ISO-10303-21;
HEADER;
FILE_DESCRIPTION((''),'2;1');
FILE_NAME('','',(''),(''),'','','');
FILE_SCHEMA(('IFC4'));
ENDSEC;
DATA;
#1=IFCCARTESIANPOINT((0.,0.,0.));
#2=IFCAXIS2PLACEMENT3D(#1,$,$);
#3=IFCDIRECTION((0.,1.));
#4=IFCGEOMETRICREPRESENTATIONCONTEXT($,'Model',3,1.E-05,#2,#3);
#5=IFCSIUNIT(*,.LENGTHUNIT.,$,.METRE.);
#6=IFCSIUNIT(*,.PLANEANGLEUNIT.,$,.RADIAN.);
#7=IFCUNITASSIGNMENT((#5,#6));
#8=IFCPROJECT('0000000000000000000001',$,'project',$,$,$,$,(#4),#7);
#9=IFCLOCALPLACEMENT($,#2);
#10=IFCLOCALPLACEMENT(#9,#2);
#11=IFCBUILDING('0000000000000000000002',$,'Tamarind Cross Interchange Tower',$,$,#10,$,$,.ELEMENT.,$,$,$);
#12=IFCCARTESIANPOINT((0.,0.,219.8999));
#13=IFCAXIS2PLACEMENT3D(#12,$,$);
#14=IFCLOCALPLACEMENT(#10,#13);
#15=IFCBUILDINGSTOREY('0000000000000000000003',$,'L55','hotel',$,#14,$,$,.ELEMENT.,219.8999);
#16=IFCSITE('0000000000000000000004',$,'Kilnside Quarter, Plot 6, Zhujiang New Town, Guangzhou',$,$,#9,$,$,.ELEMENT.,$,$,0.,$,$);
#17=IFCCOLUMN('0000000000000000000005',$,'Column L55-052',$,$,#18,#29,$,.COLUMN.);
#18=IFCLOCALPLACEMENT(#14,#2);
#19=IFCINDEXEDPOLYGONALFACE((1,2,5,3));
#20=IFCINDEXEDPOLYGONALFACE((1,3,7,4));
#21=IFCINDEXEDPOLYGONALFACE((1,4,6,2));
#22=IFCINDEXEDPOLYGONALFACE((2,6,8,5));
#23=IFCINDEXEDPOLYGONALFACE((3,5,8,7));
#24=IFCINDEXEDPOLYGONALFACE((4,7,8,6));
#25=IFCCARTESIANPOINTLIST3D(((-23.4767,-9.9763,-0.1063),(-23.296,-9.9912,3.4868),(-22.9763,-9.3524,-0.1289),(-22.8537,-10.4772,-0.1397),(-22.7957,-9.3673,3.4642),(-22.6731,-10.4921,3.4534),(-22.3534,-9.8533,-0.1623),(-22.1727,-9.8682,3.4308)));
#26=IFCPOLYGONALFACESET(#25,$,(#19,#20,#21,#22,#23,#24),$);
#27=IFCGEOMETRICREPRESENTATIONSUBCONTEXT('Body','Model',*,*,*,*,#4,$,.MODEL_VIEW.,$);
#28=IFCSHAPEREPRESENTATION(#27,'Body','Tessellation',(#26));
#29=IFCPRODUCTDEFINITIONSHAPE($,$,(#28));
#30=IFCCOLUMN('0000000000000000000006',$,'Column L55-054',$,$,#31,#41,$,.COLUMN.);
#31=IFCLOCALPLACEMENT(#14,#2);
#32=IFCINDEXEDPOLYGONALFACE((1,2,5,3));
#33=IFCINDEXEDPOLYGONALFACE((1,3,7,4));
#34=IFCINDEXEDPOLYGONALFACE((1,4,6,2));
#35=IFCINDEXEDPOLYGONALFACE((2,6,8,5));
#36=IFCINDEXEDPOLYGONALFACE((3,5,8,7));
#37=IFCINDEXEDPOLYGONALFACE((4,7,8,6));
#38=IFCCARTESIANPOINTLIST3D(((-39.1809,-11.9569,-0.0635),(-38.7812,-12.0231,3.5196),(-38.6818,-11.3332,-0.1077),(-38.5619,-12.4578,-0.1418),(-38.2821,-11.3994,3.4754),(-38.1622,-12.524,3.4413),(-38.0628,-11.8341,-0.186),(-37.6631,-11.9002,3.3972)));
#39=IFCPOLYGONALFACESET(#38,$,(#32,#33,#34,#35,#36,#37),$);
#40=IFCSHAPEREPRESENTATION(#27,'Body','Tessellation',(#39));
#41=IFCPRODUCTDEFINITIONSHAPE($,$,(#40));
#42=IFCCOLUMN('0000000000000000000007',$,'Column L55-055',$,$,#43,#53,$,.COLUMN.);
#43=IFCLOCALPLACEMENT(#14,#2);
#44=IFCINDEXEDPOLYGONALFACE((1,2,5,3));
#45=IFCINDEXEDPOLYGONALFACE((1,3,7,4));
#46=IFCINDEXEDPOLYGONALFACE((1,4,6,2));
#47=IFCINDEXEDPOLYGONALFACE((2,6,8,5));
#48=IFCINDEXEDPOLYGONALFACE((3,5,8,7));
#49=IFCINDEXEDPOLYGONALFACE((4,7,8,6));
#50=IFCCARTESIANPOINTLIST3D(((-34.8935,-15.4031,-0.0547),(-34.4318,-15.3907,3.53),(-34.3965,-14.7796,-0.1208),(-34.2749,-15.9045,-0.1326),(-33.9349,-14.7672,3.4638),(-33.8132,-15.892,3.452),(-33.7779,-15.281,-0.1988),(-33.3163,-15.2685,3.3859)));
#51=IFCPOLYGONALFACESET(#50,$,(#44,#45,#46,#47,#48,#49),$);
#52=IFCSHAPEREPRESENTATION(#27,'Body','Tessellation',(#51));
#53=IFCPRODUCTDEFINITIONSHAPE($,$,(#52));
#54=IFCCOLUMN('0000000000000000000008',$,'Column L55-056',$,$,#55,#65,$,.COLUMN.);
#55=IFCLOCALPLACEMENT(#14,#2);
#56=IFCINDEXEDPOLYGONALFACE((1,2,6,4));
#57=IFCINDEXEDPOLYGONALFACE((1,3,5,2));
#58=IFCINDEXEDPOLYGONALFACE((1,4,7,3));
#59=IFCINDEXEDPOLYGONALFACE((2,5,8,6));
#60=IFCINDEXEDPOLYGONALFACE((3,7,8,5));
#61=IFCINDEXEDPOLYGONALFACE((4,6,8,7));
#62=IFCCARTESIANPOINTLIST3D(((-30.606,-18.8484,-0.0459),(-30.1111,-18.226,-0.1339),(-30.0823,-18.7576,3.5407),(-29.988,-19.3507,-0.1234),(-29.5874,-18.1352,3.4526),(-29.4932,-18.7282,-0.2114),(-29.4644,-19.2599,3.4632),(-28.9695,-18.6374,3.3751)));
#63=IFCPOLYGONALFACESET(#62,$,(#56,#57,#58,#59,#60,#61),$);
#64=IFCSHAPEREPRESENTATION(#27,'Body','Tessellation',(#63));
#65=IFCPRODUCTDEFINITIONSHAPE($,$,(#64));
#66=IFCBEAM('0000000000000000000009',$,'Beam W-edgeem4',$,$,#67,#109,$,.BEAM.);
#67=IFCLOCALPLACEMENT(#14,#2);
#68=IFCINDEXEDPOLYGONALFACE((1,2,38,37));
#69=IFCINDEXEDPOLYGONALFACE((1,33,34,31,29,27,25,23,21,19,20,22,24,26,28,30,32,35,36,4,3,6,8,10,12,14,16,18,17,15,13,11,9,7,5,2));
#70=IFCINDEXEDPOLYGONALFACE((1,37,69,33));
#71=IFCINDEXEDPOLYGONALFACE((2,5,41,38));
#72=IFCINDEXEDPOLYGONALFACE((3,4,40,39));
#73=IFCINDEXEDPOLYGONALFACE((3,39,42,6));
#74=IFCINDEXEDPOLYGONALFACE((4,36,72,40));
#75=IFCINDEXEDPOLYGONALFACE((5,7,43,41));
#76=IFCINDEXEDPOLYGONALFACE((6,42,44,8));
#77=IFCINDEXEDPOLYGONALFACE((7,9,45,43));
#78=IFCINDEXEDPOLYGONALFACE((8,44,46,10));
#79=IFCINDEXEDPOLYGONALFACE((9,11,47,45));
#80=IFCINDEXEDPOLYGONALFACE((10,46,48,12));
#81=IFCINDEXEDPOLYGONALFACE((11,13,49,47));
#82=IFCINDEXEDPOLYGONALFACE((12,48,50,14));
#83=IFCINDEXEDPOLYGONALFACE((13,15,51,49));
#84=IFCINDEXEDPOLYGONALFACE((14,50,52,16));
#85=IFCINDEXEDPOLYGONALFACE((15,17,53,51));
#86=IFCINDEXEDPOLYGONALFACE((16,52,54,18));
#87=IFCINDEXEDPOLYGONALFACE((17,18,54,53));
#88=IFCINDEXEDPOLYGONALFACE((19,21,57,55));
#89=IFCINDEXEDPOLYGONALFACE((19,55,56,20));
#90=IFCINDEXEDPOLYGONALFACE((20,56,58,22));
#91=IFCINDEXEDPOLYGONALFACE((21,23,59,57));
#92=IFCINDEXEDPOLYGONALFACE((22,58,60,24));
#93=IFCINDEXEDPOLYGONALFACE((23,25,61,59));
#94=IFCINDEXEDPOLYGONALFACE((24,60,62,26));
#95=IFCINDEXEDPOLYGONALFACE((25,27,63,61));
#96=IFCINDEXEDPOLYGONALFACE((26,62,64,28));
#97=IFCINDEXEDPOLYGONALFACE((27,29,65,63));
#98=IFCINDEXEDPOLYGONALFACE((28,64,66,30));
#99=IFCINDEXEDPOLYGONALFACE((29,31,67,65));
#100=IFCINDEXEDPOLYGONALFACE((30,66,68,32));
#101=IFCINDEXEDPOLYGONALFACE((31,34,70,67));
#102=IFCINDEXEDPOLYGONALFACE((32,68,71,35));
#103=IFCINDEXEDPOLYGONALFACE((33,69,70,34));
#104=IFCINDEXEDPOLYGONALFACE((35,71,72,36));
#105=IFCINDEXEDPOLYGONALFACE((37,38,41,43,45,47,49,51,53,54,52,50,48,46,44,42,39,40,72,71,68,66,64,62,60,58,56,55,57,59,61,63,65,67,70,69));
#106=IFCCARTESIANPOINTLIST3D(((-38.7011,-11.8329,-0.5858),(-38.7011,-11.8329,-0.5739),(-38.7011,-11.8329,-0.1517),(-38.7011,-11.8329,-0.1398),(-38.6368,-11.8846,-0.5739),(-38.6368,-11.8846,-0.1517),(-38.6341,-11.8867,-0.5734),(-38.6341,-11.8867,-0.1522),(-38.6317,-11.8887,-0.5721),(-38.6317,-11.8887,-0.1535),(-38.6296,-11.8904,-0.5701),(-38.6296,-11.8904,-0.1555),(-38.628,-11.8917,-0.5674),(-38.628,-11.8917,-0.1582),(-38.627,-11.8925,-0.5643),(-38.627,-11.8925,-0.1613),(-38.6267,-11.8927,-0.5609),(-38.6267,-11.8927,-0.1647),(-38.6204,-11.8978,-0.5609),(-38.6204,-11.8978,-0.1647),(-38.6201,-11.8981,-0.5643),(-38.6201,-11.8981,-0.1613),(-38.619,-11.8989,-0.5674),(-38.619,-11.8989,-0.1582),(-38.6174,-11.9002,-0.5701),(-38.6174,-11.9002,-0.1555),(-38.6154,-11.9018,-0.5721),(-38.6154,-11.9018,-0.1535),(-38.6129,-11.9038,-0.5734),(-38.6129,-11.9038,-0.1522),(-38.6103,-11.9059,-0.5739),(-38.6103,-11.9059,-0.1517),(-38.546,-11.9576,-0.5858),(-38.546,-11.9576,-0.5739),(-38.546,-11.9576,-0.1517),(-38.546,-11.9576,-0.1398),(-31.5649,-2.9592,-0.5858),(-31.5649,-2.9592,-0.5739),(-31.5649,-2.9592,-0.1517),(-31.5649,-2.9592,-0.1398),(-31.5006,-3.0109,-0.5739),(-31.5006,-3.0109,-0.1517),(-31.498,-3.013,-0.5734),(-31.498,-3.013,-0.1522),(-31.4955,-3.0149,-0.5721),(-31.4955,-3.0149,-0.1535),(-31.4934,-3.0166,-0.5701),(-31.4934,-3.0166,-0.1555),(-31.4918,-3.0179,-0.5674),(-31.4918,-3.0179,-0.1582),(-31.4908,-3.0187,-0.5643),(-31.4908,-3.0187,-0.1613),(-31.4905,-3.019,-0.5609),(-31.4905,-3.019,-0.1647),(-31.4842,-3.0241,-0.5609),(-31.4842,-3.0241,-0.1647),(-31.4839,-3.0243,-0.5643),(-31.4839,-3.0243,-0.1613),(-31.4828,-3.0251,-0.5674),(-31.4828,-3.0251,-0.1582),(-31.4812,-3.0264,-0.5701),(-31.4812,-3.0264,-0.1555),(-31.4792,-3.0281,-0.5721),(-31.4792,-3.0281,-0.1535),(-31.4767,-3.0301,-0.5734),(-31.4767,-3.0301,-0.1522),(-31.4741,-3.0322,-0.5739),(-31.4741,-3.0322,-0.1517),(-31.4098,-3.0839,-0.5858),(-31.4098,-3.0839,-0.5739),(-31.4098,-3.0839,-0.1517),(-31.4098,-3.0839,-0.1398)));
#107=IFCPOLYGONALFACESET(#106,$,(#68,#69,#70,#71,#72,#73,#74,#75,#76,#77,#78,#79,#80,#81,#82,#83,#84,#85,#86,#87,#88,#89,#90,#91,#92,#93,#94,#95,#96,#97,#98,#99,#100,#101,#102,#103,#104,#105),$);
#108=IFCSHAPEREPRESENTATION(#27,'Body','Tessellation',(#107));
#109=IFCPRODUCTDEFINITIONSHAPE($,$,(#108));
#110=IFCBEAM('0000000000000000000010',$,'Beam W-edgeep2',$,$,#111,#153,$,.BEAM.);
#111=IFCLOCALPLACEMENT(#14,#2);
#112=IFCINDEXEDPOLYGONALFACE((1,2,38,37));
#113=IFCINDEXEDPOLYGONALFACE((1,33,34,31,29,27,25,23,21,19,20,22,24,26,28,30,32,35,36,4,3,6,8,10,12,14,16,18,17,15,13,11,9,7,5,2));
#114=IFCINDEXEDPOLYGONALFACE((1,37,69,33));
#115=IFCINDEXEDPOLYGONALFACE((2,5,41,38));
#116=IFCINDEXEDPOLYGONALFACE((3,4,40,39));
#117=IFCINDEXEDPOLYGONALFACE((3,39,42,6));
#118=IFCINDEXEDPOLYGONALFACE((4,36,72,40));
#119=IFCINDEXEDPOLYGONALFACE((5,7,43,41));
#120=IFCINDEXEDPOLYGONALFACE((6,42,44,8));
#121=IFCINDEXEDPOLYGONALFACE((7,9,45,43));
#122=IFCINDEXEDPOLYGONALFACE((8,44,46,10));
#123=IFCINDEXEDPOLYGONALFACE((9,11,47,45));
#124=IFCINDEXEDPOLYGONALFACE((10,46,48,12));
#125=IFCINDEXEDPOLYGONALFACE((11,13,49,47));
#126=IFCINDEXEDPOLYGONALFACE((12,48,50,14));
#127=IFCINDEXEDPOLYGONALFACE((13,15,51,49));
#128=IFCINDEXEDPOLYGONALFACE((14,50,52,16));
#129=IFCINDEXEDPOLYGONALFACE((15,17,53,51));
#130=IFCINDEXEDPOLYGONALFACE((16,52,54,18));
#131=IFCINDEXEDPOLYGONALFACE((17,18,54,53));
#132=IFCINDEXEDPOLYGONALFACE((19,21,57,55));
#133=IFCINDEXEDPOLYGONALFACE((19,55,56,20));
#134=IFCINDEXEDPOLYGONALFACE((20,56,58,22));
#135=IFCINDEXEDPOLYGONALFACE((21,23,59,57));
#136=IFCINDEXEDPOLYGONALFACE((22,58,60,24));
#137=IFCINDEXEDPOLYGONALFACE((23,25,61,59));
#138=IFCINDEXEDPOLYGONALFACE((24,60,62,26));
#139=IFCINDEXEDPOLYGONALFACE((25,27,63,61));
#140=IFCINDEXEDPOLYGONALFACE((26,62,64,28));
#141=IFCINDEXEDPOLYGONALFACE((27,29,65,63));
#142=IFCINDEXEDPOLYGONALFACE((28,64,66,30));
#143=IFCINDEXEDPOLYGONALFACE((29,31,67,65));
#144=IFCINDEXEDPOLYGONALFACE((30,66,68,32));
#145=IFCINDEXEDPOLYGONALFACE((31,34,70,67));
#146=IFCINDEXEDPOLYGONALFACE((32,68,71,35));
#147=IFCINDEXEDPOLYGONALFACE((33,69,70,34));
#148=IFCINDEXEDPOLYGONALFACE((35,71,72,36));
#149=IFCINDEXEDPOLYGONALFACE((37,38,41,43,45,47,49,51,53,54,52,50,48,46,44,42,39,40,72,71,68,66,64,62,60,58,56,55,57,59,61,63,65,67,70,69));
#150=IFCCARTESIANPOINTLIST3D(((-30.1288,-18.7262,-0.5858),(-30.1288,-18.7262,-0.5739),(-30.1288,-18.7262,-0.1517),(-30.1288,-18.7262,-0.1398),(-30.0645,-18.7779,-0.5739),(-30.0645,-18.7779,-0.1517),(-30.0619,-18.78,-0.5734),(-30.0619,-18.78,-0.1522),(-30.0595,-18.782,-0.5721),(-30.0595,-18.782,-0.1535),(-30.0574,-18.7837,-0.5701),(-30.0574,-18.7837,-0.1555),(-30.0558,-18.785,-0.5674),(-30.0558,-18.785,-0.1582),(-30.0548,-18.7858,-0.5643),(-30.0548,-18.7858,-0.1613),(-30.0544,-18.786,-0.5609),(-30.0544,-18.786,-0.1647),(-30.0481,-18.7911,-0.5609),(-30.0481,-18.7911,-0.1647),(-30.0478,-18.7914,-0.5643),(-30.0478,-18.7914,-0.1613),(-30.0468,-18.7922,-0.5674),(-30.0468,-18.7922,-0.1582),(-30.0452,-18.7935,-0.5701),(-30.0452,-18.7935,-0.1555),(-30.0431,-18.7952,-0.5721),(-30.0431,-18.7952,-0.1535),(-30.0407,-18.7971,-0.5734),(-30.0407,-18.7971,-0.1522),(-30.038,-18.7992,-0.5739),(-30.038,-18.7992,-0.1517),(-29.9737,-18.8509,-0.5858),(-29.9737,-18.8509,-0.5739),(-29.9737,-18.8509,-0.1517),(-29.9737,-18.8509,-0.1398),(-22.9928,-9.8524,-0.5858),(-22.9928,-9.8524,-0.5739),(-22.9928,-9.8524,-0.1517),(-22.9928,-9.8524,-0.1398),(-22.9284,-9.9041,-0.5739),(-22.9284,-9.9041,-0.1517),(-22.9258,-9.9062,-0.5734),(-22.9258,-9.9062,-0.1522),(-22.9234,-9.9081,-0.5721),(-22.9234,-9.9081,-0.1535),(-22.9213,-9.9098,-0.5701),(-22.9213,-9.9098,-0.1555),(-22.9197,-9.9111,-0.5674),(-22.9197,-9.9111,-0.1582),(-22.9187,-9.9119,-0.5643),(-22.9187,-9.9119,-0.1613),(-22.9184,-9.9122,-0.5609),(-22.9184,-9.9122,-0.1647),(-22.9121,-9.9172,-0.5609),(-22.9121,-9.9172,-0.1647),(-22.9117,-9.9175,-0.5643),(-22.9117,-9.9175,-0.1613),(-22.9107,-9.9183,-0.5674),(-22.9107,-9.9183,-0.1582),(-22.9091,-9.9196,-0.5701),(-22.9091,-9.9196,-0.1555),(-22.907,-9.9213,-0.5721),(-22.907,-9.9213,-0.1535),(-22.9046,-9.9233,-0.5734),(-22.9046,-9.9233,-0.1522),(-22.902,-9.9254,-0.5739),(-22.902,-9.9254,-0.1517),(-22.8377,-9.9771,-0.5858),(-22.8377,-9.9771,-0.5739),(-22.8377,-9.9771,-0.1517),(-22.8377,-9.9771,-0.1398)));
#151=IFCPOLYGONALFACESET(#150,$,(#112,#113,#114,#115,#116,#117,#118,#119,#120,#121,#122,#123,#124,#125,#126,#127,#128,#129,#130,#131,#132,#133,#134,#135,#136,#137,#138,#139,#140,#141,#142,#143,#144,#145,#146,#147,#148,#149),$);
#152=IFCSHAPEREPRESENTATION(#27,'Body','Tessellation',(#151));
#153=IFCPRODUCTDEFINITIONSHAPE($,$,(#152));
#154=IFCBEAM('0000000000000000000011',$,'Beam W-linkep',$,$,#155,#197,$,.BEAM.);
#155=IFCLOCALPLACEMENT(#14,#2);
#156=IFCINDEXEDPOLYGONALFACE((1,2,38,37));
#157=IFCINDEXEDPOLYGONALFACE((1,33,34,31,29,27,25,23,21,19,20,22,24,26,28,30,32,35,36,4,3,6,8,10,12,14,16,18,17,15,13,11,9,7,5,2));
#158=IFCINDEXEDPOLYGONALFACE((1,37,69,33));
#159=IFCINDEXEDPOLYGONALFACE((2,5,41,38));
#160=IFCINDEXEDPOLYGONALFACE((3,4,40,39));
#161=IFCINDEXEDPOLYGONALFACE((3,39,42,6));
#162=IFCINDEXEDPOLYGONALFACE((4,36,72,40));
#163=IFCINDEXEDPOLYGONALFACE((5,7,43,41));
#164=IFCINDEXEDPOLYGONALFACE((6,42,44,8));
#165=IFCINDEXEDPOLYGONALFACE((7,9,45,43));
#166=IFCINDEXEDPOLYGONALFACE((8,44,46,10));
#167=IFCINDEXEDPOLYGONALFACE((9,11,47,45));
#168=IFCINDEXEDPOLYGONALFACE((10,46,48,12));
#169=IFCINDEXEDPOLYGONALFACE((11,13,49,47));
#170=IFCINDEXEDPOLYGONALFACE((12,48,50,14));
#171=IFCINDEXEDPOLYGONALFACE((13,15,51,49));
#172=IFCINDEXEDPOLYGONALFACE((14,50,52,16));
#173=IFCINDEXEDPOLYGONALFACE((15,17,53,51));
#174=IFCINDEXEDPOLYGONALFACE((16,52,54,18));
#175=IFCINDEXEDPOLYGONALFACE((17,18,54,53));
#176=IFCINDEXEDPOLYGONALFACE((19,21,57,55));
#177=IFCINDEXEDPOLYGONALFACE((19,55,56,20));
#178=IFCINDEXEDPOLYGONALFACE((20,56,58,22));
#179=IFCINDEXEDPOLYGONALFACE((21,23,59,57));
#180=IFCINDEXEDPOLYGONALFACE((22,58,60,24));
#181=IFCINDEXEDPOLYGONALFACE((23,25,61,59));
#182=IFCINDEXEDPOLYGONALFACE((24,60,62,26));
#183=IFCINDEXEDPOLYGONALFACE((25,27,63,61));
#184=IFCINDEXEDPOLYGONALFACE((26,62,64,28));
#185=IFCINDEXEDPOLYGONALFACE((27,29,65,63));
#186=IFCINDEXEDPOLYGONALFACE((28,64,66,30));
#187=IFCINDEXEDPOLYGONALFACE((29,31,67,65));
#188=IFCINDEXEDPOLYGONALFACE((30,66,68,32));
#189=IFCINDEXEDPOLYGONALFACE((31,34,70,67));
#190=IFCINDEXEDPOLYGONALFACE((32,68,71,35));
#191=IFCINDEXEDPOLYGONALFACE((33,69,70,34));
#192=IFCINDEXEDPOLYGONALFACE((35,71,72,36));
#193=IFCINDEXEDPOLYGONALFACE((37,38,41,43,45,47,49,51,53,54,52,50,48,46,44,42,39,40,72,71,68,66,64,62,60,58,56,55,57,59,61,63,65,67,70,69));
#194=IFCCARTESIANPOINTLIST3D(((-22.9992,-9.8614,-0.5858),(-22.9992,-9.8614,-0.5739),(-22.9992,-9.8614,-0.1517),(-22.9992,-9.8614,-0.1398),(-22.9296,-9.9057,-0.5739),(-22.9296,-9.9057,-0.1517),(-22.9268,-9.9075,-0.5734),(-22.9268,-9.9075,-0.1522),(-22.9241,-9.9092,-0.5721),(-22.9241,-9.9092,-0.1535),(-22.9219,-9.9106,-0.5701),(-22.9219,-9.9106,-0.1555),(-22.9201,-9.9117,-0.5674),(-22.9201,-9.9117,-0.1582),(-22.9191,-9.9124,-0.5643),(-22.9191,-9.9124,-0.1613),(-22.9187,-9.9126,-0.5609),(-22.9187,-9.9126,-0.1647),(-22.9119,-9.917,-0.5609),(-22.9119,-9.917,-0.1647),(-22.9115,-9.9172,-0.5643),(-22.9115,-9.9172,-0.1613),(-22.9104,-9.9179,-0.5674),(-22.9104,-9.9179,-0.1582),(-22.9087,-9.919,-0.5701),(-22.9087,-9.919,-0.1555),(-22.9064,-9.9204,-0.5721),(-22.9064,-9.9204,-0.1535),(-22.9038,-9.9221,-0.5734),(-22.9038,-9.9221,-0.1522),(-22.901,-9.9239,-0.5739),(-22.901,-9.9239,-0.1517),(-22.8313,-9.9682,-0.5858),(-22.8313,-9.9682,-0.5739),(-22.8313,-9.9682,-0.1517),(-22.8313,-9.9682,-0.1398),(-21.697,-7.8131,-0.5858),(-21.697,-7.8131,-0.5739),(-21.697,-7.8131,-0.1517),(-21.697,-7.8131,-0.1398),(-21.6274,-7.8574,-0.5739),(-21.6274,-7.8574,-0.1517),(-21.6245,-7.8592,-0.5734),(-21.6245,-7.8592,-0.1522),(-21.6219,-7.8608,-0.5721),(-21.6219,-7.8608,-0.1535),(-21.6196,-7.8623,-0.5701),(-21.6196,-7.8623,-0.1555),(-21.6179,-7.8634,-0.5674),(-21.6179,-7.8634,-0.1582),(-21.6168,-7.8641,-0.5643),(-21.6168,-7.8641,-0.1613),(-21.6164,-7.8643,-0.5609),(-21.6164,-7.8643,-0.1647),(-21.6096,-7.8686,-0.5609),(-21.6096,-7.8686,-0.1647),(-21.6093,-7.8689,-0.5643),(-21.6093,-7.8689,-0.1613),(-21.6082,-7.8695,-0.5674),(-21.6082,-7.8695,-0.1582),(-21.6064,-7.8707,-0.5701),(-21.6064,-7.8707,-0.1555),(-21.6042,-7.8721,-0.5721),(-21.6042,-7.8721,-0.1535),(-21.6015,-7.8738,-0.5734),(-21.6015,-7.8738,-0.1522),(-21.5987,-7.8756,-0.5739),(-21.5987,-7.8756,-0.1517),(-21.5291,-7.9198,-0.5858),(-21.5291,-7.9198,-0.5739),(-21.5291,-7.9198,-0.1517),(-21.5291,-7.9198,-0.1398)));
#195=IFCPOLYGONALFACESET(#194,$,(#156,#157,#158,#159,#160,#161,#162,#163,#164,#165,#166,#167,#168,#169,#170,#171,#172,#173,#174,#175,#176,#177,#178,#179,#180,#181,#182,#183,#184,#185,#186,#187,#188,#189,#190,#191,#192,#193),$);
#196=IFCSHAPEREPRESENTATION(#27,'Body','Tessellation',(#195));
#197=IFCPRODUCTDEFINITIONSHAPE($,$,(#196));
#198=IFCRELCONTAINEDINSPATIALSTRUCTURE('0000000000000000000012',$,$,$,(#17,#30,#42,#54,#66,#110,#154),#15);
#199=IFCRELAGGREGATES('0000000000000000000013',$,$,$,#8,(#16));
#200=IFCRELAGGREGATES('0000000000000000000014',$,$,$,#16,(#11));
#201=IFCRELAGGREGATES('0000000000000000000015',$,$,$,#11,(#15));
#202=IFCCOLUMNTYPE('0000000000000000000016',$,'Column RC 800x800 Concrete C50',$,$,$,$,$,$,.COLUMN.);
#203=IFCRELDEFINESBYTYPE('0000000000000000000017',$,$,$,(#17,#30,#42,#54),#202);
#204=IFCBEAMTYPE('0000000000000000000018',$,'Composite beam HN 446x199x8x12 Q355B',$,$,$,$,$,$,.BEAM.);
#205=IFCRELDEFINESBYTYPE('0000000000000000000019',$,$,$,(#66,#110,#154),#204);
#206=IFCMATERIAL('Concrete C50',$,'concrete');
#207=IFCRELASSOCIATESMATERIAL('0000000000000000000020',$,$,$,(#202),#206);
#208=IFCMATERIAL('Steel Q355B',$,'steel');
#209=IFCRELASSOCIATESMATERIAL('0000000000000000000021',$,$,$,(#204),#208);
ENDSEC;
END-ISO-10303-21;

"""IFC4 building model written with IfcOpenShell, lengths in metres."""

from ifc_helpers import new_model, si_unit, direction, frame, origin, origin_2d, place, context, subcontext, project, spatial, rectangle, i_section, extrude, material, material_profile, profile_set, type_object, element, save


model = new_model("IFC4")

# Units and contexts
model_context = context("Model", 3, precision=1e-05, world=origin(), true_north=direction((0.0, 1.0)))
body_context = subcontext(model_context, "Body", "Model", "MODEL_VIEW")
ifc_project = project(units=[si_unit("LENGTHUNIT", "METRE"), si_unit("PLANEANGLEUNIT", "RADIAN")], contexts=[model_context])

# Site, building, storey
site_placement = place(None, origin())
site = spatial("IfcSite", under=ifc_project, at=site_placement, Name="Kilnside Quarter, Plot 6, Zhujiang New Town, Guangzhou", CompositionType="ELEMENT", RefElevation=0.0)
building_placement = place(site_placement, origin())
building = spatial("IfcBuilding", under=site, at=building_placement, Name="Tamarind Cross Interchange Tower", CompositionType="ELEMENT")
storey_placement = place(building_placement, frame((0.0, 0.0, 219.8999)))
storey = spatial("IfcBuildingStorey", under=building, at=storey_placement, Name="L55", Description="hotel", CompositionType="ELEMENT", Elevation=219.8999)

# Columns
ifc_material_1 = material(Name="Concrete C50", Category="concrete")
ifc_material_profile_1 = material_profile(ifc_material_1, rectangle(XDim=0.8, YDim=0.8, at=origin_2d()), Name="RC 800x800")
ifc_profile_set_1 = profile_set([ifc_material_profile_1], Name="Concrete C50")
column_type = type_object("IfcColumnType", Name="Column RC 800x800 Concrete C50", PredefinedType="COLUMN", material=ifc_profile_set_1)
column_1_placement = place(storey_placement, frame((-22.915, -9.9148, -0.1343), z_axis=(0.050218, -0.00414, 0.99873), x_axis=(-0.778669, 0.626045, 0.041748)))
element("IfcColumn", 1, at=column_1_placement, inside=storey, type_object=column_type, Name="Column L55-052", PredefinedType="COLUMN", context=body_context, shape_type="SweptSolid", body=[
    extrude(rectangle(XDim=0.8, YDim=0.8, at=origin_2d()), origin(), (0.0, 0.0, 1.0), 3.5977),
])
column_2_placement = place(storey_placement, frame((-38.6218, -11.8955, -0.1248), z_axis=(0.110837, -0.018349, 0.993669), x_axis=(-0.773649, 0.626012, 0.097855)))
element("IfcColumn", 2, at=column_2_placement, inside=storey, type_object=column_type, Name="Column L55-054", PredefinedType="COLUMN", context=body_context, shape_type="SweptSolid", body=[
    extrude(rectangle(XDim=0.8, YDim=0.8, at=origin_2d()), origin(), (0.0, 0.0, 1.0), 3.606),
])
column_3_placement = place(storey_placement, frame((-34.3357, -15.342, -0.1267), z_axis=(0.127733, 0.003445, 0.991803), x_axis=(-0.773203, 0.626633, 0.097403)))
element("IfcColumn", 3, at=column_3_placement, inside=storey, type_object=column_type, Name="Column L55-055", PredefinedType="COLUMN", context=body_context, shape_type="SweptSolid", body=[
    extrude(rectangle(XDim=0.8, YDim=0.8, at=origin_2d()), origin(), (0.0, 0.0, 1.0), 3.6143),
])
column_4_placement = place(storey_placement, frame((-30.0496, -18.7883, -0.1287), z_axis=(0.144431, 0.025048, 0.989198), x_axis=(-0.772342, 0.627777, 0.096872)))
element("IfcColumn", 4, at=column_4_placement, inside=storey, type_object=column_type, Name="Column L55-056", PredefinedType="COLUMN", context=body_context, shape_type="SweptSolid", body=[
    extrude(rectangle(XDim=0.8, YDim=0.8, at=origin_2d()), origin(), (0.0, 0.0, 1.0), 3.6257),
])

# Beams
ifc_material_2 = material(Name="Steel Q355B", Category="steel")
ifc_material_profile_2 = material_profile(ifc_material_2, i_section(OverallWidth=0.199, OverallDepth=0.446, WebThickness=0.0081, FlangeThickness=0.012, FilletRadius=0.0129, at=origin_2d()), Name="HN 446x199x8x12")
ifc_profile_set_2 = profile_set([ifc_material_profile_2], Name="Steel Q355B")
beam_type_1 = type_object("IfcBeamType", Name="Composite beam HN 446x199x8x12 Q355B", PredefinedType="BEAM", material=ifc_profile_set_2)
for number, where, z_axis, x_axis, name in (
    (5, (-38.6235, -11.8953, -0.3628), (0.626685, 0.779272, 0.0), (-0.779272, 0.626685, 0.0), "Beam W-edgeem4"),
    (6, (-30.0513, -18.7886, -0.3628), (0.626672, 0.779283, 0.0), (-0.779283, 0.626672, 0.0), "Beam W-edgeep2"),
):
    element("IfcBeam", number, at=place(storey_placement, frame(where, z_axis=z_axis, x_axis=x_axis)), inside=storey, type_object=beam_type_1, Name=name, PredefinedType="BEAM", context=body_context, shape_type="SweptSolid", body=[
        extrude(i_section(OverallWidth=0.199, OverallDepth=0.446, WebThickness=0.0081, FlangeThickness=0.012, FilletRadius=0.0129, at=origin_2d()), origin(), (0.0, 0.0, 1.0), 11.3872),
    ])
beam_placement = place(storey_placement, frame((-22.9153, -9.9148, -0.3628), z_axis=(0.536511, 0.843893, 0.0), x_axis=(-0.843893, 0.536511, 0.0)))
element("IfcBeam", 7, at=beam_placement, inside=storey, type_object=beam_type_1, Name="Beam W-linkep", PredefinedType="BEAM", context=body_context, shape_type="SweptSolid", body=[
    extrude(i_section(OverallWidth=0.199, OverallDepth=0.446, WebThickness=0.0081, FlangeThickness=0.012, FilletRadius=0.0129, at=origin_2d()), origin(), (0.0, 0.0, 1.0), 2.4272),
])

save(model, "model.ifc")
